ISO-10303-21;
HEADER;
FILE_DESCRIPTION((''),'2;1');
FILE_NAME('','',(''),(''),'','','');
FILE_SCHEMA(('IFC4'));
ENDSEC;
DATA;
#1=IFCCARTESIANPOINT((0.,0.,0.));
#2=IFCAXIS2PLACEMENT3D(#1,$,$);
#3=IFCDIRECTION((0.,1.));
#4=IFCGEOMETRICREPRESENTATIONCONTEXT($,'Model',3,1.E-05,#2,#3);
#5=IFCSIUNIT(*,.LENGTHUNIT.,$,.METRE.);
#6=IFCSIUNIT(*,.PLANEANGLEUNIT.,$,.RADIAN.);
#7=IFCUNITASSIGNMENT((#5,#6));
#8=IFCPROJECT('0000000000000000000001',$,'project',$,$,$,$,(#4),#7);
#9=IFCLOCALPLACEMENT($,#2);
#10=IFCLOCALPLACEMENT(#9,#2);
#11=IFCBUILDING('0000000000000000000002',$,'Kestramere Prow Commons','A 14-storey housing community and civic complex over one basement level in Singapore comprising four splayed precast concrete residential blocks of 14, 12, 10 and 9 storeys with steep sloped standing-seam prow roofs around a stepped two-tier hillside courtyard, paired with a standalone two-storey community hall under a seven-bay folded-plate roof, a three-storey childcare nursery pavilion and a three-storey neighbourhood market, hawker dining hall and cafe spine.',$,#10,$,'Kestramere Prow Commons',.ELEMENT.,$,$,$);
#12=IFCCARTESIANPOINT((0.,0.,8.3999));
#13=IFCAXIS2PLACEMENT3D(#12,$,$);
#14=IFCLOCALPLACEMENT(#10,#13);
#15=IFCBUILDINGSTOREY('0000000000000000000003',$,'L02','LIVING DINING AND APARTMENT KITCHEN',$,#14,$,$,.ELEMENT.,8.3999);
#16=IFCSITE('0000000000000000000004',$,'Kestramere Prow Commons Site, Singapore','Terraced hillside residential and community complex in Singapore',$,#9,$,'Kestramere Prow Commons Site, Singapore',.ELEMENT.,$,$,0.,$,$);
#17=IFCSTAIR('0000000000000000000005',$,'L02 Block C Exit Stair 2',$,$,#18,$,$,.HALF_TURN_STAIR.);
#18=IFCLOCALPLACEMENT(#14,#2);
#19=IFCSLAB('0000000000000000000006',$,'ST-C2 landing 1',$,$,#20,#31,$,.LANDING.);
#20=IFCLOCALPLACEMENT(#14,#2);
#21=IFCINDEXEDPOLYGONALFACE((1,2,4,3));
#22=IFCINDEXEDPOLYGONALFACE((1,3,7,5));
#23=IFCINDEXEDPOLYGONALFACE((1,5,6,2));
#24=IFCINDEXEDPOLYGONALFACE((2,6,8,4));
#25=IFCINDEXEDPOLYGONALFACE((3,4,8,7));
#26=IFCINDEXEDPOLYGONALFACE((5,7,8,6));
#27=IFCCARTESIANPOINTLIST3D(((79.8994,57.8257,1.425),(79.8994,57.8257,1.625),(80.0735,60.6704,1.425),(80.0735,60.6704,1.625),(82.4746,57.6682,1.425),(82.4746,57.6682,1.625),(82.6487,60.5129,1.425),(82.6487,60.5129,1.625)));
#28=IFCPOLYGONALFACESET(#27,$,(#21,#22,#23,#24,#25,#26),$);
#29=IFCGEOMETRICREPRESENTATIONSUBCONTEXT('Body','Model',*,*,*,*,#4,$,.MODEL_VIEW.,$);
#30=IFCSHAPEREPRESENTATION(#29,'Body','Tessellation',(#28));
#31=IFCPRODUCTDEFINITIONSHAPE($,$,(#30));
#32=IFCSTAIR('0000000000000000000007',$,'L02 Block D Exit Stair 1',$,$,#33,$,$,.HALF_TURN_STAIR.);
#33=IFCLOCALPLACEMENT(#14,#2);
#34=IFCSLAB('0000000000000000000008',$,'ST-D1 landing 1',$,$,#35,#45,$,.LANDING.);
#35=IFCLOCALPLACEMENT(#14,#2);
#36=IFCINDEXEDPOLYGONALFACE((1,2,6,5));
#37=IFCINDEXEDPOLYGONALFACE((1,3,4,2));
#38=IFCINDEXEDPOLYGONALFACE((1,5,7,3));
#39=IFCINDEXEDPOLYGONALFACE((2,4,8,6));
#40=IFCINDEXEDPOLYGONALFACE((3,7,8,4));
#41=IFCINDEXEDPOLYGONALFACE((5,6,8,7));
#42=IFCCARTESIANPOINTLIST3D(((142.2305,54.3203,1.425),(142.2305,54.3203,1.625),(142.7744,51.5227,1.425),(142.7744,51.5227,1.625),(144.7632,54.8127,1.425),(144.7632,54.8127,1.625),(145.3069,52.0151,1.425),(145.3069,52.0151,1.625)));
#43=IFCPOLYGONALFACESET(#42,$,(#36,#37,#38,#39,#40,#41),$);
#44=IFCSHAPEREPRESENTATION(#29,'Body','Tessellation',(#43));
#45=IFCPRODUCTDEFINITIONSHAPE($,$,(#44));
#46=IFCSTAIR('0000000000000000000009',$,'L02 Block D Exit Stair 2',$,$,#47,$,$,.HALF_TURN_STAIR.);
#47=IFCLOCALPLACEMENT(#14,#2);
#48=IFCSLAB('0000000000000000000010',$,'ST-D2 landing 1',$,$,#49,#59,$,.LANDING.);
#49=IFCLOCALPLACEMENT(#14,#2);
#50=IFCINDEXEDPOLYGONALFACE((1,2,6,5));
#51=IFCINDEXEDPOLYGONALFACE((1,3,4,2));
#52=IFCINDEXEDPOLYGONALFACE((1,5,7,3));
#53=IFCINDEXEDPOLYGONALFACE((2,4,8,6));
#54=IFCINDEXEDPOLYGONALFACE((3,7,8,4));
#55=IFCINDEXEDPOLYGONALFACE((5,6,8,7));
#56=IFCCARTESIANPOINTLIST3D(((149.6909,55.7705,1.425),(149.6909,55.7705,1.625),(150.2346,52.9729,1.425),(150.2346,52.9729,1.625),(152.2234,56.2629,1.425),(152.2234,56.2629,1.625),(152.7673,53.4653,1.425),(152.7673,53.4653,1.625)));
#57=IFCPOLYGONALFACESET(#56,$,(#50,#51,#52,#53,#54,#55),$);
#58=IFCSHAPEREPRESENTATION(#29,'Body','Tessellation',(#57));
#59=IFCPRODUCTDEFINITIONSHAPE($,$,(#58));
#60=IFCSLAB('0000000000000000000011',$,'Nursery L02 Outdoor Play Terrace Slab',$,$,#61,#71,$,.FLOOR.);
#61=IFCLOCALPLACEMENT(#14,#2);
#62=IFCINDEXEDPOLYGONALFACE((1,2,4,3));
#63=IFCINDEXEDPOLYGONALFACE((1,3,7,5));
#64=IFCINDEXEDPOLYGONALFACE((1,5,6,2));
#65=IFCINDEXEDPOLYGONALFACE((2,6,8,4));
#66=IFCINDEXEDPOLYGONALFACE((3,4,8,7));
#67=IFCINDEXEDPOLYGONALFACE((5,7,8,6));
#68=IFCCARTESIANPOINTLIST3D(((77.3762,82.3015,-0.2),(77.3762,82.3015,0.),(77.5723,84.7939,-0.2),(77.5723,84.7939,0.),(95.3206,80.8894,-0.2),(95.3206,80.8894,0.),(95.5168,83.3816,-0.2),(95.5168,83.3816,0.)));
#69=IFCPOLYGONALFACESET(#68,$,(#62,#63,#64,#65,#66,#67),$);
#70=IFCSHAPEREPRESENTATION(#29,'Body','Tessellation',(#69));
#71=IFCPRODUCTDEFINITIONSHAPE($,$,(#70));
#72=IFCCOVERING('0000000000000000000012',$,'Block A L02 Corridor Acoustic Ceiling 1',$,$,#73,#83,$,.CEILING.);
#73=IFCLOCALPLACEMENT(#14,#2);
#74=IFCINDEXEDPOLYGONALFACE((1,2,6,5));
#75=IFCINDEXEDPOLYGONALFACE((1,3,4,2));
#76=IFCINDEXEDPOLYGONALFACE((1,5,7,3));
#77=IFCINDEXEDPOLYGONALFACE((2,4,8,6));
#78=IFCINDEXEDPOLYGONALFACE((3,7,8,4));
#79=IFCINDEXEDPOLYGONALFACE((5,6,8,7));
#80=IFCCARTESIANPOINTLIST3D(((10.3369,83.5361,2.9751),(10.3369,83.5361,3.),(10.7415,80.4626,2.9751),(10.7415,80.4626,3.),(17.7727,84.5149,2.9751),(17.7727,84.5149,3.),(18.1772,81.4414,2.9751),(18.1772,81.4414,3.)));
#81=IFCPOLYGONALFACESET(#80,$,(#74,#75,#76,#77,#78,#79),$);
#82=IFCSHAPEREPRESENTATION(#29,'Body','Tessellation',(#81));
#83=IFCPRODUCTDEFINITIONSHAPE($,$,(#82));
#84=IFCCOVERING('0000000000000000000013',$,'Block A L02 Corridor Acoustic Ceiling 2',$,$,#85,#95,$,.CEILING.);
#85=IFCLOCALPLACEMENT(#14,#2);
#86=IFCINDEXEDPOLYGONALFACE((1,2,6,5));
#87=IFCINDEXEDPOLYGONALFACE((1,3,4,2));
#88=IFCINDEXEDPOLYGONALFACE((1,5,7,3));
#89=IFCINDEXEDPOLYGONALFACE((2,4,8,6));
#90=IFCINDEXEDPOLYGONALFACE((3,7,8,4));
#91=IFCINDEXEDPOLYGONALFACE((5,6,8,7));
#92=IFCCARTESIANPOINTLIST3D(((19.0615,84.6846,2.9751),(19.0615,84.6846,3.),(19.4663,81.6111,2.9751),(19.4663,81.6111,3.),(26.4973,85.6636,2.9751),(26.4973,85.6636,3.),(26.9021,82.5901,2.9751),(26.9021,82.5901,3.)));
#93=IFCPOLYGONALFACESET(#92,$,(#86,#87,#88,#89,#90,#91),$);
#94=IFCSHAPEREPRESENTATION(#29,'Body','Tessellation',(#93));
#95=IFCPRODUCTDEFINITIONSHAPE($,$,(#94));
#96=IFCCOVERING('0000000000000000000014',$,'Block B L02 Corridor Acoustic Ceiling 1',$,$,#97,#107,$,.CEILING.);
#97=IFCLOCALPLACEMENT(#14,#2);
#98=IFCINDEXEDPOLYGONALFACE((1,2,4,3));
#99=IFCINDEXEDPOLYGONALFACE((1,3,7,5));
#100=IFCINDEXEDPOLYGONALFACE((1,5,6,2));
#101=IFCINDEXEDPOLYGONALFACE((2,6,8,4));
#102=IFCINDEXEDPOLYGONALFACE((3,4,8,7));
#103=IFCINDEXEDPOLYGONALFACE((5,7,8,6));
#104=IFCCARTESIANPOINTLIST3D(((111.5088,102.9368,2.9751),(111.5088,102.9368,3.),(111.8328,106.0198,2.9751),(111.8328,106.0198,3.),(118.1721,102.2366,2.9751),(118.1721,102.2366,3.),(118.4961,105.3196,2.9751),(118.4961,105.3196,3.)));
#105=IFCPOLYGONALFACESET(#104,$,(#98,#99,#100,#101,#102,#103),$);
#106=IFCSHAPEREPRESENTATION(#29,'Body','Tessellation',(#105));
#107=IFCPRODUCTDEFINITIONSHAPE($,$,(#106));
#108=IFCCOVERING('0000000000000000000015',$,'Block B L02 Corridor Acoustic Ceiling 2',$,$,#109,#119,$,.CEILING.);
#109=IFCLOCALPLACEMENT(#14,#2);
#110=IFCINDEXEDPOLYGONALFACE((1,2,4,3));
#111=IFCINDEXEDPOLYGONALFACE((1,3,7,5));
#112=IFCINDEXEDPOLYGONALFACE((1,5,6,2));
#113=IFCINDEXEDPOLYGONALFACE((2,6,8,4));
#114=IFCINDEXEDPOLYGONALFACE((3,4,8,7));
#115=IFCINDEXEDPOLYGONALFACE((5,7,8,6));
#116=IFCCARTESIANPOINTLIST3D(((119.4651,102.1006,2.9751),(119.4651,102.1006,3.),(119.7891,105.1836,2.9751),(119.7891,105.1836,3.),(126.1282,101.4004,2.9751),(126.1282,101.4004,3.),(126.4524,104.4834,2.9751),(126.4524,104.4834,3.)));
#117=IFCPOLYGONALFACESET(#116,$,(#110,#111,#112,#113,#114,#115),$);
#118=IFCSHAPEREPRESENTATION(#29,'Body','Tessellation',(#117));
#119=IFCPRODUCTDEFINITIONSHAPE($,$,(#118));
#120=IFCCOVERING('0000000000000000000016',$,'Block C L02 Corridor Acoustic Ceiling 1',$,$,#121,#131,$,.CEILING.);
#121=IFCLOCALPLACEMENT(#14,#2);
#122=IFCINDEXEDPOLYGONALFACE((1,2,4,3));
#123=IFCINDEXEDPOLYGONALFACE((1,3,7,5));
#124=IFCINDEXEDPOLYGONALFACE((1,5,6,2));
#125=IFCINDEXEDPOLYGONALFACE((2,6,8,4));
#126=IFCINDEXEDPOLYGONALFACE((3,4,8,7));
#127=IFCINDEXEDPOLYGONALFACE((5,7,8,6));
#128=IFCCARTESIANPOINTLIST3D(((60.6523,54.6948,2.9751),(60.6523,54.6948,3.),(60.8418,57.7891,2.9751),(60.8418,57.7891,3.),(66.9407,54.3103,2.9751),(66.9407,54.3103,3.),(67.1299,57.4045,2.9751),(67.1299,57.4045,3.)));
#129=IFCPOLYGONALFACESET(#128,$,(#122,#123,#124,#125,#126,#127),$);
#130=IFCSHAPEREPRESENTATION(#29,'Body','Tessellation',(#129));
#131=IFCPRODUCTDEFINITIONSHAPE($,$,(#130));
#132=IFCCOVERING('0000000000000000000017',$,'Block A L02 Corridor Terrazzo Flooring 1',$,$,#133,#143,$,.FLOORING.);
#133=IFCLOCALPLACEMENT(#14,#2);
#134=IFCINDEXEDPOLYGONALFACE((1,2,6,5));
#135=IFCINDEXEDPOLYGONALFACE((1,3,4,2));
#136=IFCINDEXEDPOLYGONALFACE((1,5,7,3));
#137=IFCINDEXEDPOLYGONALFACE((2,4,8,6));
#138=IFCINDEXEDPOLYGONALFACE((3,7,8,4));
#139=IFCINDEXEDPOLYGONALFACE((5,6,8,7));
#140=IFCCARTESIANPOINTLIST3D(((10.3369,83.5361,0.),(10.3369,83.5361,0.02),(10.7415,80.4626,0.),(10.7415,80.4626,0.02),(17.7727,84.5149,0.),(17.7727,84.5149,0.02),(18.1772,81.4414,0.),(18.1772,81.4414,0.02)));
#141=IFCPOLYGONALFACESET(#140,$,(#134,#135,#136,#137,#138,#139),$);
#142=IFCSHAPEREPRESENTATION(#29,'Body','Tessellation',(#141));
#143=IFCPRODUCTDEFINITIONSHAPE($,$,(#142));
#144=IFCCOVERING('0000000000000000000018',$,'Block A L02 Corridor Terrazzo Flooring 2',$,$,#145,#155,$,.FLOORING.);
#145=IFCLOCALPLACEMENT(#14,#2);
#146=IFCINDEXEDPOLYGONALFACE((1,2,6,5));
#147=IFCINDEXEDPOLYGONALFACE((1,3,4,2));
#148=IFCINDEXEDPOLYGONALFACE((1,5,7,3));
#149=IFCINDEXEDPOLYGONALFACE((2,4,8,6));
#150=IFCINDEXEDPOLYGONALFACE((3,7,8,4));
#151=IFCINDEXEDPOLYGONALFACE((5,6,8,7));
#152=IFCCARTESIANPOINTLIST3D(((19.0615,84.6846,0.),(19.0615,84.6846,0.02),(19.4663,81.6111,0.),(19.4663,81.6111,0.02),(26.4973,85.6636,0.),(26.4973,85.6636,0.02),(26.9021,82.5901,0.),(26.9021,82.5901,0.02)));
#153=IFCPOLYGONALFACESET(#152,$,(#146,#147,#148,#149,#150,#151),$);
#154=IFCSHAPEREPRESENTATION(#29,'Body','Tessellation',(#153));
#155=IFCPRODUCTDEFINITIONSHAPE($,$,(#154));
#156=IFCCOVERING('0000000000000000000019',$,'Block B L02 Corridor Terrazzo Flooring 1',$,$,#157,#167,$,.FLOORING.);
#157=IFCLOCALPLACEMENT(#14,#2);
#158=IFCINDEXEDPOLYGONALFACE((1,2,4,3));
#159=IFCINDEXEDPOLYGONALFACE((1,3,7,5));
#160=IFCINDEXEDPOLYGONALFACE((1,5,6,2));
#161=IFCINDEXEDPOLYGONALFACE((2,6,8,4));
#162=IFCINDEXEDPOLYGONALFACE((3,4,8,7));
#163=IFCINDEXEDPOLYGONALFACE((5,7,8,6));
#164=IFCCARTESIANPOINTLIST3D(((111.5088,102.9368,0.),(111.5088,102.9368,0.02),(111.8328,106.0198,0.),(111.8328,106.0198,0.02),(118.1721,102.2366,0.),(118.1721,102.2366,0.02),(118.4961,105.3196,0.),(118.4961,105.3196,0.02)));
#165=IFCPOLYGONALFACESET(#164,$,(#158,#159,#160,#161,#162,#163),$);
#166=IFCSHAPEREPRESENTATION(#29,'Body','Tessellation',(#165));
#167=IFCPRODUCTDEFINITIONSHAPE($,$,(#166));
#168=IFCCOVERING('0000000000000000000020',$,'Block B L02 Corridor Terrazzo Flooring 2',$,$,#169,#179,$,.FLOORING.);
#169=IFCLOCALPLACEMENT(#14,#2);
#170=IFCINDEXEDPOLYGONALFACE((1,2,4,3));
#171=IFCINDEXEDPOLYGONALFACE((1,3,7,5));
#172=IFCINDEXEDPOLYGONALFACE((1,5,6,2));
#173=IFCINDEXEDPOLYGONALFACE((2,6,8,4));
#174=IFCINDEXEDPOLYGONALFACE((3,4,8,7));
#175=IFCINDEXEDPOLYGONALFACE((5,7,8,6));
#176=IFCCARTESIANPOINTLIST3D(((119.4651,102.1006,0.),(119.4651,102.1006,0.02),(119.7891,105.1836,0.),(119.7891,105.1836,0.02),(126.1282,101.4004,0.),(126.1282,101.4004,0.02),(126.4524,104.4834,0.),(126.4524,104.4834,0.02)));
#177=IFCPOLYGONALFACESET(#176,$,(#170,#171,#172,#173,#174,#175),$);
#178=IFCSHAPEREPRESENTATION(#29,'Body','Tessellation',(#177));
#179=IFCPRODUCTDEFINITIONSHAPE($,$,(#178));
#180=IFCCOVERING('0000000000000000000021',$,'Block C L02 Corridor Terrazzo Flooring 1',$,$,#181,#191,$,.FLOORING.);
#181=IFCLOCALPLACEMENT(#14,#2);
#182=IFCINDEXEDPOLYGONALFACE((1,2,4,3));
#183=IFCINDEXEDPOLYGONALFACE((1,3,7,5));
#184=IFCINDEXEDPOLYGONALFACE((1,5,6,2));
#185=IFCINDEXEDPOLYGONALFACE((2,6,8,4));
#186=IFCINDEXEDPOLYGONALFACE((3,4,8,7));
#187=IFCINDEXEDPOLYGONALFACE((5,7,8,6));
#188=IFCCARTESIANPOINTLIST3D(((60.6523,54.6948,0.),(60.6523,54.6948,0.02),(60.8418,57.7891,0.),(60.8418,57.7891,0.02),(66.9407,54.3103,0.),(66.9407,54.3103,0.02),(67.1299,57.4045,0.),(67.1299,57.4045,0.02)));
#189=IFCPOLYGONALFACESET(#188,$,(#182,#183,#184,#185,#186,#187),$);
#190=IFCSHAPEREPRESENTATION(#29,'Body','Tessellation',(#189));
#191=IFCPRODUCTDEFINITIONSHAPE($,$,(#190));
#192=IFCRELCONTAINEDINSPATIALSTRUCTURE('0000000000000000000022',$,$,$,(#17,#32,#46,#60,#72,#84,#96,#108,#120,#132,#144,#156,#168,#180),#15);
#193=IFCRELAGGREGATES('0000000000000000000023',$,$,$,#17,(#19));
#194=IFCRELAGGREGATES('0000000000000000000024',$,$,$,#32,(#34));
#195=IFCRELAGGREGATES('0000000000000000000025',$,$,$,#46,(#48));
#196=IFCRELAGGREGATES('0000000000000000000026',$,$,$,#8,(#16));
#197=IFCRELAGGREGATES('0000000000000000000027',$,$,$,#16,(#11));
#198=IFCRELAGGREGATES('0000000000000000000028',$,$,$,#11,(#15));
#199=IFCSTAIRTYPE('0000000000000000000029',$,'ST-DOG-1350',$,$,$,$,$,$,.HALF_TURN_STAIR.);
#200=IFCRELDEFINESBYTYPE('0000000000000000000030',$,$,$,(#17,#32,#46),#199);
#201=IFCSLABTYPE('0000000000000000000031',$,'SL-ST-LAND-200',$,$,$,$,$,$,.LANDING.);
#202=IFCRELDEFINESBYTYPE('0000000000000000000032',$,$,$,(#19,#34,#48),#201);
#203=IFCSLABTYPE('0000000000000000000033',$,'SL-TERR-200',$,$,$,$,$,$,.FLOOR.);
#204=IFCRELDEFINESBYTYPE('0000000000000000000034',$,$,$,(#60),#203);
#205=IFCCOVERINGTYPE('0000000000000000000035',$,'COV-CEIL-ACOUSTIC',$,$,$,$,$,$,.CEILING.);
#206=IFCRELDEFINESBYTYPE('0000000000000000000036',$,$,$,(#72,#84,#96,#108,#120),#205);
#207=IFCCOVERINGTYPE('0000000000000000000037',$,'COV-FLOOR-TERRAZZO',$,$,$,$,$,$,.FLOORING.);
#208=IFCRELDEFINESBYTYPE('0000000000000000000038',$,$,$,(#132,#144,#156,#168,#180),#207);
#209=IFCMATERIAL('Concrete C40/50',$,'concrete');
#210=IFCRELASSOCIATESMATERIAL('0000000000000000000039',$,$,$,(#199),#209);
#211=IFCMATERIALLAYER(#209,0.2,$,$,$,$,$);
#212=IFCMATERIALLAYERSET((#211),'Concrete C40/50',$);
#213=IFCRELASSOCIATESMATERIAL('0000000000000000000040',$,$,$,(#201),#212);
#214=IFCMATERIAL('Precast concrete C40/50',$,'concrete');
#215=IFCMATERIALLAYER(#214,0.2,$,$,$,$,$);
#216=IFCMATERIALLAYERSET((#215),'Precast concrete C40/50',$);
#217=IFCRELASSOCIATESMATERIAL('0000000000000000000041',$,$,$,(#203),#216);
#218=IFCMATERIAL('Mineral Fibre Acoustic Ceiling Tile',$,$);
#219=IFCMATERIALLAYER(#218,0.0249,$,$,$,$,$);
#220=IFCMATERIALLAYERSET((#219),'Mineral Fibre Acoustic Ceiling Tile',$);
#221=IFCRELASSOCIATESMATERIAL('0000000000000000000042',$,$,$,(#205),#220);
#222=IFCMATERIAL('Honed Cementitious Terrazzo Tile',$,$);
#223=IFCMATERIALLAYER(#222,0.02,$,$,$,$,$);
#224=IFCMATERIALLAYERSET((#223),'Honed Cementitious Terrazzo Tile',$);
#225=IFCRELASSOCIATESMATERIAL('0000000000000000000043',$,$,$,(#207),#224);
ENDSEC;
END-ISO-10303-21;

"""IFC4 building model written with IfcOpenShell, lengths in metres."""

from ifc_helpers import new_model, si_unit, direction, frame, origin, place, context, subcontext, project, spatial, polyline, outline, extrude, material, layer, layer_set, type_object, element, aggregate, save


model = new_model("IFC4")

# Units and contexts
model_context = context("Model", 3, precision=1e-05, world=origin(), true_north=direction((0.0, 1.0)))
body_context = subcontext(model_context, "Body", "Model", "MODEL_VIEW")
ifc_project = project(units=[si_unit("LENGTHUNIT", "METRE"), si_unit("PLANEANGLEUNIT", "RADIAN")], contexts=[model_context])

# Site, building, storey
site_placement = place(None, origin())
site = spatial("IfcSite", under=ifc_project, at=site_placement, Name="Kestramere Prow Commons Site, Singapore", Description="Terraced hillside residential and community complex in Singapore", LongName="Kestramere Prow Commons Site, Singapore", CompositionType="ELEMENT", RefElevation=0.0)
building_placement = place(site_placement, origin())
building = spatial("IfcBuilding", under=site, at=building_placement, Name="Kestramere Prow Commons", Description="A 14-storey housing community and civic complex over one basement level in Singapore comprising four splayed precast concrete residential blocks of 14, 12, 10 and 9 storeys with steep sloped standing-seam prow roofs around a stepped two-tier hillside courtyard, paired with a standalone two-storey community hall under a seven-bay folded-plate roof, a three-storey childcare nursery pavilion and a three-storey neighbourhood market, hawker dining hall and cafe spine.", LongName="Kestramere Prow Commons", CompositionType="ELEMENT")
storey_placement = place(building_placement, frame((0.0, 0.0, 8.3999)))
storey = spatial("IfcBuildingStorey", under=building, at=storey_placement, Name="L02", Description="LIVING DINING AND APARTMENT KITCHEN", CompositionType="ELEMENT", Elevation=8.3999)

# Shared definitions
ifc_material_1 = material(Name="Precast concrete C40/50", Category="concrete")

# Stairs, slabs
ifc_material_2 = material(Name="Concrete C40/50", Category="concrete")
stair_type = type_object("IfcStairType", Name="ST-DOG-1350", PredefinedType="HALF_TURN_STAIR", material=ifc_material_2)
ifc_layer_1 = layer(ifc_material_2, 0.2)
ifc_layer_set_1 = layer_set([ifc_layer_1], Name="Concrete C40/50")
slab_type_1 = type_object("IfcSlabType", Name="SL-ST-LAND-200", PredefinedType="LANDING", material=ifc_layer_set_1)
stair_1_placement = place(storey_placement, origin())
stair_1 = element("IfcStair", 1, at=stair_1_placement, inside=storey, type_object=stair_type, Name="L02 Block C Exit Stair 2", PredefinedType="HALF_TURN_STAIR")
slab_1_placement = place(storey_placement, frame((0.0, 0.0, 1.425)))
slab_1 = element("IfcSlab", 2, at=slab_1_placement, type_object=slab_type_1, Name="ST-C2 landing 1", PredefinedType="LANDING", context=body_context, shape_type="SweptSolid", body=[
    extrude(outline(polyline([(79.8994, 57.8257), (82.4746, 57.6682), (82.6487, 60.5129), (80.0735, 60.6704), (79.8994, 57.8257)])), origin(), (0.0, 0.0, 1.0), 0.2),
])
aggregate(stair_1, [slab_1])
stair_2_placement = place(storey_placement, origin())
stair_2 = element("IfcStair", 3, at=stair_2_placement, inside=storey, type_object=stair_type, Name="L02 Block D Exit Stair 1", PredefinedType="HALF_TURN_STAIR")
slab_2_placement = place(storey_placement, frame((0.0, 0.0, 1.425)))
slab_2 = element("IfcSlab", 4, at=slab_2_placement, type_object=slab_type_1, Name="ST-D1 landing 1", PredefinedType="LANDING", context=body_context, shape_type="SweptSolid", body=[
    extrude(outline(polyline([(142.7744, 51.5227), (145.3069, 52.0151), (144.7632, 54.8127), (142.2305, 54.3203), (142.7744, 51.5227)])), origin(), (0.0, 0.0, 1.0), 0.2),
])
aggregate(stair_2, [slab_2])
stair_3_placement = place(storey_placement, origin())
stair_3 = element("IfcStair", 5, at=stair_3_placement, inside=storey, type_object=stair_type, Name="L02 Block D Exit Stair 2", PredefinedType="HALF_TURN_STAIR")
slab_3_placement = place(storey_placement, frame((0.0, 0.0, 1.425)))
slab_3 = element("IfcSlab", 6, at=slab_3_placement, type_object=slab_type_1, Name="ST-D2 landing 1", PredefinedType="LANDING", context=body_context, shape_type="SweptSolid", body=[
    extrude(outline(polyline([(150.2346, 52.9729), (152.7673, 53.4653), (152.2234, 56.2629), (149.6909, 55.7705), (150.2346, 52.9729)])), origin(), (0.0, 0.0, 1.0), 0.2),
])
aggregate(stair_3, [slab_3])

# Slab
ifc_layer_2 = layer(ifc_material_1, 0.2)
ifc_layer_set_2 = layer_set([ifc_layer_2], Name="Precast concrete C40/50")
slab_type_2 = type_object("IfcSlabType", Name="SL-TERR-200", PredefinedType="FLOOR", material=ifc_layer_set_2)
slab_4_placement = place(storey_placement, frame((0.0, 0.0, -0.2)))
element("IfcSlab", 7, at=slab_4_placement, inside=storey, type_object=slab_type_2, Name="Nursery L02 Outdoor Play Terrace Slab", PredefinedType="FLOOR", context=body_context, shape_type="SweptSolid", body=[
    extrude(outline(polyline([(77.3762, 82.3015), (95.3206, 80.8894), (95.5168, 83.3816), (77.5723, 84.7939), (77.3762, 82.3015)])), origin(), (0.0, 0.0, 1.0), 0.2),
])

# Coverings
ifc_material_3 = material(Name="Mineral Fibre Acoustic Ceiling Tile")
ifc_layer_3 = layer(ifc_material_3, 0.0249)
ifc_layer_set_3 = layer_set([ifc_layer_3], Name="Mineral Fibre Acoustic Ceiling Tile")
covering_type_1 = type_object("IfcCoveringType", Name="COV-CEIL-ACOUSTIC", PredefinedType="CEILING", material=ifc_layer_set_3)
covering_1_placement = place(storey_placement, frame((0.0, 0.0, 2.9751)))
element("IfcCovering", 8, at=covering_1_placement, inside=storey, type_object=covering_type_1, Name="Block A L02 Corridor Acoustic Ceiling 1", PredefinedType="CEILING", context=body_context, shape_type="SweptSolid", body=[
    extrude(outline(polyline([(10.7415, 80.4626), (18.1772, 81.4414), (17.7727, 84.5149), (10.3369, 83.5361), (10.7415, 80.4626)])), origin(), (0.0, 0.0, 1.0), 0.0249),
])
covering_2_placement = place(storey_placement, frame((0.0, 0.0, 2.9751)))
element("IfcCovering", 9, at=covering_2_placement, inside=storey, type_object=covering_type_1, Name="Block A L02 Corridor Acoustic Ceiling 2", PredefinedType="CEILING", context=body_context, shape_type="SweptSolid", body=[
    extrude(outline(polyline([(19.4663, 81.6111), (26.9021, 82.5901), (26.4973, 85.6636), (19.0615, 84.6846), (19.4663, 81.6111)])), origin(), (0.0, 0.0, 1.0), 0.0249),
])
covering_3_placement = place(storey_placement, frame((0.0, 0.0, 2.9751)))
element("IfcCovering", 10, at=covering_3_placement, inside=storey, type_object=covering_type_1, Name="Block B L02 Corridor Acoustic Ceiling 1", PredefinedType="CEILING", context=body_context, shape_type="SweptSolid", body=[
    extrude(outline(polyline([(111.5088, 102.9368), (118.1721, 102.2366), (118.4961, 105.3196), (111.8328, 106.0198), (111.5088, 102.9368)])), origin(), (0.0, 0.0, 1.0), 0.0249),
])
covering_4_placement = place(storey_placement, frame((0.0, 0.0, 2.9751)))
element("IfcCovering", 11, at=covering_4_placement, inside=storey, type_object=covering_type_1, Name="Block B L02 Corridor Acoustic Ceiling 2", PredefinedType="CEILING", context=body_context, shape_type="SweptSolid", body=[
    extrude(outline(polyline([(119.4651, 102.1006), (126.1282, 101.4004), (126.4524, 104.4834), (119.7891, 105.1836), (119.4651, 102.1006)])), origin(), (0.0, 0.0, 1.0), 0.0249),
])
covering_5_placement = place(storey_placement, frame((0.0, 0.0, 2.9751)))
element("IfcCovering", 12, at=covering_5_placement, inside=storey, type_object=covering_type_1, Name="Block C L02 Corridor Acoustic Ceiling 1", PredefinedType="CEILING", context=body_context, shape_type="SweptSolid", body=[
    extrude(outline(polyline([(60.6523, 54.6948), (66.9407, 54.3103), (67.1299, 57.4045), (60.8418, 57.7891), (60.6523, 54.6948)])), origin(), (0.0, 0.0, 1.0), 0.0249),
])
ifc_material_4 = material(Name="Honed Cementitious Terrazzo Tile")
ifc_layer_4 = layer(ifc_material_4, 0.02)
ifc_layer_set_4 = layer_set([ifc_layer_4], Name="Honed Cementitious Terrazzo Tile")
covering_type_2 = type_object("IfcCoveringType", Name="COV-FLOOR-TERRAZZO", PredefinedType="FLOORING", material=ifc_layer_set_4)
covering_6_placement = place(storey_placement, origin())
element("IfcCovering", 13, at=covering_6_placement, inside=storey, type_object=covering_type_2, Name="Block A L02 Corridor Terrazzo Flooring 1", PredefinedType="FLOORING", context=body_context, shape_type="SweptSolid", body=[
    extrude(outline(polyline([(10.7415, 80.4626), (18.1772, 81.4414), (17.7727, 84.5149), (10.3369, 83.5361), (10.7415, 80.4626)])), origin(), (0.0, 0.0, 1.0), 0.02),
])
covering_7_placement = place(storey_placement, origin())
element("IfcCovering", 14, at=covering_7_placement, inside=storey, type_object=covering_type_2, Name="Block A L02 Corridor Terrazzo Flooring 2", PredefinedType="FLOORING", context=body_context, shape_type="SweptSolid", body=[
    extrude(outline(polyline([(19.4663, 81.6111), (26.9021, 82.5901), (26.4973, 85.6636), (19.0615, 84.6846), (19.4663, 81.6111)])), origin(), (0.0, 0.0, 1.0), 0.02),
])
covering_8_placement = place(storey_placement, origin())
element("IfcCovering", 15, at=covering_8_placement, inside=storey, type_object=covering_type_2, Name="Block B L02 Corridor Terrazzo Flooring 1", PredefinedType="FLOORING", context=body_context, shape_type="SweptSolid", body=[
    extrude(outline(polyline([(111.5088, 102.9368), (118.1721, 102.2366), (118.4961, 105.3196), (111.8328, 106.0198), (111.5088, 102.9368)])), origin(), (0.0, 0.0, 1.0), 0.02),
])
covering_9_placement = place(storey_placement, origin())
element("IfcCovering", 16, at=covering_9_placement, inside=storey, type_object=covering_type_2, Name="Block B L02 Corridor Terrazzo Flooring 2", PredefinedType="FLOORING", context=body_context, shape_type="SweptSolid", body=[
    extrude(outline(polyline([(119.4651, 102.1006), (126.1282, 101.4004), (126.4524, 104.4834), (119.7891, 105.1836), (119.4651, 102.1006)])), origin(), (0.0, 0.0, 1.0), 0.02),
])
covering_10_placement = place(storey_placement, origin())
element("IfcCovering", 17, at=covering_10_placement, inside=storey, type_object=covering_type_2, Name="Block C L02 Corridor Terrazzo Flooring 1", PredefinedType="FLOORING", context=body_context, shape_type="SweptSolid", body=[
    extrude(outline(polyline([(60.6523, 54.6948), (66.9407, 54.3103), (67.1299, 57.4045), (60.8418, 57.7891), (60.6523, 54.6948)])), origin(), (0.0, 0.0, 1.0), 0.02),
])

save(model, "model.ifc")
